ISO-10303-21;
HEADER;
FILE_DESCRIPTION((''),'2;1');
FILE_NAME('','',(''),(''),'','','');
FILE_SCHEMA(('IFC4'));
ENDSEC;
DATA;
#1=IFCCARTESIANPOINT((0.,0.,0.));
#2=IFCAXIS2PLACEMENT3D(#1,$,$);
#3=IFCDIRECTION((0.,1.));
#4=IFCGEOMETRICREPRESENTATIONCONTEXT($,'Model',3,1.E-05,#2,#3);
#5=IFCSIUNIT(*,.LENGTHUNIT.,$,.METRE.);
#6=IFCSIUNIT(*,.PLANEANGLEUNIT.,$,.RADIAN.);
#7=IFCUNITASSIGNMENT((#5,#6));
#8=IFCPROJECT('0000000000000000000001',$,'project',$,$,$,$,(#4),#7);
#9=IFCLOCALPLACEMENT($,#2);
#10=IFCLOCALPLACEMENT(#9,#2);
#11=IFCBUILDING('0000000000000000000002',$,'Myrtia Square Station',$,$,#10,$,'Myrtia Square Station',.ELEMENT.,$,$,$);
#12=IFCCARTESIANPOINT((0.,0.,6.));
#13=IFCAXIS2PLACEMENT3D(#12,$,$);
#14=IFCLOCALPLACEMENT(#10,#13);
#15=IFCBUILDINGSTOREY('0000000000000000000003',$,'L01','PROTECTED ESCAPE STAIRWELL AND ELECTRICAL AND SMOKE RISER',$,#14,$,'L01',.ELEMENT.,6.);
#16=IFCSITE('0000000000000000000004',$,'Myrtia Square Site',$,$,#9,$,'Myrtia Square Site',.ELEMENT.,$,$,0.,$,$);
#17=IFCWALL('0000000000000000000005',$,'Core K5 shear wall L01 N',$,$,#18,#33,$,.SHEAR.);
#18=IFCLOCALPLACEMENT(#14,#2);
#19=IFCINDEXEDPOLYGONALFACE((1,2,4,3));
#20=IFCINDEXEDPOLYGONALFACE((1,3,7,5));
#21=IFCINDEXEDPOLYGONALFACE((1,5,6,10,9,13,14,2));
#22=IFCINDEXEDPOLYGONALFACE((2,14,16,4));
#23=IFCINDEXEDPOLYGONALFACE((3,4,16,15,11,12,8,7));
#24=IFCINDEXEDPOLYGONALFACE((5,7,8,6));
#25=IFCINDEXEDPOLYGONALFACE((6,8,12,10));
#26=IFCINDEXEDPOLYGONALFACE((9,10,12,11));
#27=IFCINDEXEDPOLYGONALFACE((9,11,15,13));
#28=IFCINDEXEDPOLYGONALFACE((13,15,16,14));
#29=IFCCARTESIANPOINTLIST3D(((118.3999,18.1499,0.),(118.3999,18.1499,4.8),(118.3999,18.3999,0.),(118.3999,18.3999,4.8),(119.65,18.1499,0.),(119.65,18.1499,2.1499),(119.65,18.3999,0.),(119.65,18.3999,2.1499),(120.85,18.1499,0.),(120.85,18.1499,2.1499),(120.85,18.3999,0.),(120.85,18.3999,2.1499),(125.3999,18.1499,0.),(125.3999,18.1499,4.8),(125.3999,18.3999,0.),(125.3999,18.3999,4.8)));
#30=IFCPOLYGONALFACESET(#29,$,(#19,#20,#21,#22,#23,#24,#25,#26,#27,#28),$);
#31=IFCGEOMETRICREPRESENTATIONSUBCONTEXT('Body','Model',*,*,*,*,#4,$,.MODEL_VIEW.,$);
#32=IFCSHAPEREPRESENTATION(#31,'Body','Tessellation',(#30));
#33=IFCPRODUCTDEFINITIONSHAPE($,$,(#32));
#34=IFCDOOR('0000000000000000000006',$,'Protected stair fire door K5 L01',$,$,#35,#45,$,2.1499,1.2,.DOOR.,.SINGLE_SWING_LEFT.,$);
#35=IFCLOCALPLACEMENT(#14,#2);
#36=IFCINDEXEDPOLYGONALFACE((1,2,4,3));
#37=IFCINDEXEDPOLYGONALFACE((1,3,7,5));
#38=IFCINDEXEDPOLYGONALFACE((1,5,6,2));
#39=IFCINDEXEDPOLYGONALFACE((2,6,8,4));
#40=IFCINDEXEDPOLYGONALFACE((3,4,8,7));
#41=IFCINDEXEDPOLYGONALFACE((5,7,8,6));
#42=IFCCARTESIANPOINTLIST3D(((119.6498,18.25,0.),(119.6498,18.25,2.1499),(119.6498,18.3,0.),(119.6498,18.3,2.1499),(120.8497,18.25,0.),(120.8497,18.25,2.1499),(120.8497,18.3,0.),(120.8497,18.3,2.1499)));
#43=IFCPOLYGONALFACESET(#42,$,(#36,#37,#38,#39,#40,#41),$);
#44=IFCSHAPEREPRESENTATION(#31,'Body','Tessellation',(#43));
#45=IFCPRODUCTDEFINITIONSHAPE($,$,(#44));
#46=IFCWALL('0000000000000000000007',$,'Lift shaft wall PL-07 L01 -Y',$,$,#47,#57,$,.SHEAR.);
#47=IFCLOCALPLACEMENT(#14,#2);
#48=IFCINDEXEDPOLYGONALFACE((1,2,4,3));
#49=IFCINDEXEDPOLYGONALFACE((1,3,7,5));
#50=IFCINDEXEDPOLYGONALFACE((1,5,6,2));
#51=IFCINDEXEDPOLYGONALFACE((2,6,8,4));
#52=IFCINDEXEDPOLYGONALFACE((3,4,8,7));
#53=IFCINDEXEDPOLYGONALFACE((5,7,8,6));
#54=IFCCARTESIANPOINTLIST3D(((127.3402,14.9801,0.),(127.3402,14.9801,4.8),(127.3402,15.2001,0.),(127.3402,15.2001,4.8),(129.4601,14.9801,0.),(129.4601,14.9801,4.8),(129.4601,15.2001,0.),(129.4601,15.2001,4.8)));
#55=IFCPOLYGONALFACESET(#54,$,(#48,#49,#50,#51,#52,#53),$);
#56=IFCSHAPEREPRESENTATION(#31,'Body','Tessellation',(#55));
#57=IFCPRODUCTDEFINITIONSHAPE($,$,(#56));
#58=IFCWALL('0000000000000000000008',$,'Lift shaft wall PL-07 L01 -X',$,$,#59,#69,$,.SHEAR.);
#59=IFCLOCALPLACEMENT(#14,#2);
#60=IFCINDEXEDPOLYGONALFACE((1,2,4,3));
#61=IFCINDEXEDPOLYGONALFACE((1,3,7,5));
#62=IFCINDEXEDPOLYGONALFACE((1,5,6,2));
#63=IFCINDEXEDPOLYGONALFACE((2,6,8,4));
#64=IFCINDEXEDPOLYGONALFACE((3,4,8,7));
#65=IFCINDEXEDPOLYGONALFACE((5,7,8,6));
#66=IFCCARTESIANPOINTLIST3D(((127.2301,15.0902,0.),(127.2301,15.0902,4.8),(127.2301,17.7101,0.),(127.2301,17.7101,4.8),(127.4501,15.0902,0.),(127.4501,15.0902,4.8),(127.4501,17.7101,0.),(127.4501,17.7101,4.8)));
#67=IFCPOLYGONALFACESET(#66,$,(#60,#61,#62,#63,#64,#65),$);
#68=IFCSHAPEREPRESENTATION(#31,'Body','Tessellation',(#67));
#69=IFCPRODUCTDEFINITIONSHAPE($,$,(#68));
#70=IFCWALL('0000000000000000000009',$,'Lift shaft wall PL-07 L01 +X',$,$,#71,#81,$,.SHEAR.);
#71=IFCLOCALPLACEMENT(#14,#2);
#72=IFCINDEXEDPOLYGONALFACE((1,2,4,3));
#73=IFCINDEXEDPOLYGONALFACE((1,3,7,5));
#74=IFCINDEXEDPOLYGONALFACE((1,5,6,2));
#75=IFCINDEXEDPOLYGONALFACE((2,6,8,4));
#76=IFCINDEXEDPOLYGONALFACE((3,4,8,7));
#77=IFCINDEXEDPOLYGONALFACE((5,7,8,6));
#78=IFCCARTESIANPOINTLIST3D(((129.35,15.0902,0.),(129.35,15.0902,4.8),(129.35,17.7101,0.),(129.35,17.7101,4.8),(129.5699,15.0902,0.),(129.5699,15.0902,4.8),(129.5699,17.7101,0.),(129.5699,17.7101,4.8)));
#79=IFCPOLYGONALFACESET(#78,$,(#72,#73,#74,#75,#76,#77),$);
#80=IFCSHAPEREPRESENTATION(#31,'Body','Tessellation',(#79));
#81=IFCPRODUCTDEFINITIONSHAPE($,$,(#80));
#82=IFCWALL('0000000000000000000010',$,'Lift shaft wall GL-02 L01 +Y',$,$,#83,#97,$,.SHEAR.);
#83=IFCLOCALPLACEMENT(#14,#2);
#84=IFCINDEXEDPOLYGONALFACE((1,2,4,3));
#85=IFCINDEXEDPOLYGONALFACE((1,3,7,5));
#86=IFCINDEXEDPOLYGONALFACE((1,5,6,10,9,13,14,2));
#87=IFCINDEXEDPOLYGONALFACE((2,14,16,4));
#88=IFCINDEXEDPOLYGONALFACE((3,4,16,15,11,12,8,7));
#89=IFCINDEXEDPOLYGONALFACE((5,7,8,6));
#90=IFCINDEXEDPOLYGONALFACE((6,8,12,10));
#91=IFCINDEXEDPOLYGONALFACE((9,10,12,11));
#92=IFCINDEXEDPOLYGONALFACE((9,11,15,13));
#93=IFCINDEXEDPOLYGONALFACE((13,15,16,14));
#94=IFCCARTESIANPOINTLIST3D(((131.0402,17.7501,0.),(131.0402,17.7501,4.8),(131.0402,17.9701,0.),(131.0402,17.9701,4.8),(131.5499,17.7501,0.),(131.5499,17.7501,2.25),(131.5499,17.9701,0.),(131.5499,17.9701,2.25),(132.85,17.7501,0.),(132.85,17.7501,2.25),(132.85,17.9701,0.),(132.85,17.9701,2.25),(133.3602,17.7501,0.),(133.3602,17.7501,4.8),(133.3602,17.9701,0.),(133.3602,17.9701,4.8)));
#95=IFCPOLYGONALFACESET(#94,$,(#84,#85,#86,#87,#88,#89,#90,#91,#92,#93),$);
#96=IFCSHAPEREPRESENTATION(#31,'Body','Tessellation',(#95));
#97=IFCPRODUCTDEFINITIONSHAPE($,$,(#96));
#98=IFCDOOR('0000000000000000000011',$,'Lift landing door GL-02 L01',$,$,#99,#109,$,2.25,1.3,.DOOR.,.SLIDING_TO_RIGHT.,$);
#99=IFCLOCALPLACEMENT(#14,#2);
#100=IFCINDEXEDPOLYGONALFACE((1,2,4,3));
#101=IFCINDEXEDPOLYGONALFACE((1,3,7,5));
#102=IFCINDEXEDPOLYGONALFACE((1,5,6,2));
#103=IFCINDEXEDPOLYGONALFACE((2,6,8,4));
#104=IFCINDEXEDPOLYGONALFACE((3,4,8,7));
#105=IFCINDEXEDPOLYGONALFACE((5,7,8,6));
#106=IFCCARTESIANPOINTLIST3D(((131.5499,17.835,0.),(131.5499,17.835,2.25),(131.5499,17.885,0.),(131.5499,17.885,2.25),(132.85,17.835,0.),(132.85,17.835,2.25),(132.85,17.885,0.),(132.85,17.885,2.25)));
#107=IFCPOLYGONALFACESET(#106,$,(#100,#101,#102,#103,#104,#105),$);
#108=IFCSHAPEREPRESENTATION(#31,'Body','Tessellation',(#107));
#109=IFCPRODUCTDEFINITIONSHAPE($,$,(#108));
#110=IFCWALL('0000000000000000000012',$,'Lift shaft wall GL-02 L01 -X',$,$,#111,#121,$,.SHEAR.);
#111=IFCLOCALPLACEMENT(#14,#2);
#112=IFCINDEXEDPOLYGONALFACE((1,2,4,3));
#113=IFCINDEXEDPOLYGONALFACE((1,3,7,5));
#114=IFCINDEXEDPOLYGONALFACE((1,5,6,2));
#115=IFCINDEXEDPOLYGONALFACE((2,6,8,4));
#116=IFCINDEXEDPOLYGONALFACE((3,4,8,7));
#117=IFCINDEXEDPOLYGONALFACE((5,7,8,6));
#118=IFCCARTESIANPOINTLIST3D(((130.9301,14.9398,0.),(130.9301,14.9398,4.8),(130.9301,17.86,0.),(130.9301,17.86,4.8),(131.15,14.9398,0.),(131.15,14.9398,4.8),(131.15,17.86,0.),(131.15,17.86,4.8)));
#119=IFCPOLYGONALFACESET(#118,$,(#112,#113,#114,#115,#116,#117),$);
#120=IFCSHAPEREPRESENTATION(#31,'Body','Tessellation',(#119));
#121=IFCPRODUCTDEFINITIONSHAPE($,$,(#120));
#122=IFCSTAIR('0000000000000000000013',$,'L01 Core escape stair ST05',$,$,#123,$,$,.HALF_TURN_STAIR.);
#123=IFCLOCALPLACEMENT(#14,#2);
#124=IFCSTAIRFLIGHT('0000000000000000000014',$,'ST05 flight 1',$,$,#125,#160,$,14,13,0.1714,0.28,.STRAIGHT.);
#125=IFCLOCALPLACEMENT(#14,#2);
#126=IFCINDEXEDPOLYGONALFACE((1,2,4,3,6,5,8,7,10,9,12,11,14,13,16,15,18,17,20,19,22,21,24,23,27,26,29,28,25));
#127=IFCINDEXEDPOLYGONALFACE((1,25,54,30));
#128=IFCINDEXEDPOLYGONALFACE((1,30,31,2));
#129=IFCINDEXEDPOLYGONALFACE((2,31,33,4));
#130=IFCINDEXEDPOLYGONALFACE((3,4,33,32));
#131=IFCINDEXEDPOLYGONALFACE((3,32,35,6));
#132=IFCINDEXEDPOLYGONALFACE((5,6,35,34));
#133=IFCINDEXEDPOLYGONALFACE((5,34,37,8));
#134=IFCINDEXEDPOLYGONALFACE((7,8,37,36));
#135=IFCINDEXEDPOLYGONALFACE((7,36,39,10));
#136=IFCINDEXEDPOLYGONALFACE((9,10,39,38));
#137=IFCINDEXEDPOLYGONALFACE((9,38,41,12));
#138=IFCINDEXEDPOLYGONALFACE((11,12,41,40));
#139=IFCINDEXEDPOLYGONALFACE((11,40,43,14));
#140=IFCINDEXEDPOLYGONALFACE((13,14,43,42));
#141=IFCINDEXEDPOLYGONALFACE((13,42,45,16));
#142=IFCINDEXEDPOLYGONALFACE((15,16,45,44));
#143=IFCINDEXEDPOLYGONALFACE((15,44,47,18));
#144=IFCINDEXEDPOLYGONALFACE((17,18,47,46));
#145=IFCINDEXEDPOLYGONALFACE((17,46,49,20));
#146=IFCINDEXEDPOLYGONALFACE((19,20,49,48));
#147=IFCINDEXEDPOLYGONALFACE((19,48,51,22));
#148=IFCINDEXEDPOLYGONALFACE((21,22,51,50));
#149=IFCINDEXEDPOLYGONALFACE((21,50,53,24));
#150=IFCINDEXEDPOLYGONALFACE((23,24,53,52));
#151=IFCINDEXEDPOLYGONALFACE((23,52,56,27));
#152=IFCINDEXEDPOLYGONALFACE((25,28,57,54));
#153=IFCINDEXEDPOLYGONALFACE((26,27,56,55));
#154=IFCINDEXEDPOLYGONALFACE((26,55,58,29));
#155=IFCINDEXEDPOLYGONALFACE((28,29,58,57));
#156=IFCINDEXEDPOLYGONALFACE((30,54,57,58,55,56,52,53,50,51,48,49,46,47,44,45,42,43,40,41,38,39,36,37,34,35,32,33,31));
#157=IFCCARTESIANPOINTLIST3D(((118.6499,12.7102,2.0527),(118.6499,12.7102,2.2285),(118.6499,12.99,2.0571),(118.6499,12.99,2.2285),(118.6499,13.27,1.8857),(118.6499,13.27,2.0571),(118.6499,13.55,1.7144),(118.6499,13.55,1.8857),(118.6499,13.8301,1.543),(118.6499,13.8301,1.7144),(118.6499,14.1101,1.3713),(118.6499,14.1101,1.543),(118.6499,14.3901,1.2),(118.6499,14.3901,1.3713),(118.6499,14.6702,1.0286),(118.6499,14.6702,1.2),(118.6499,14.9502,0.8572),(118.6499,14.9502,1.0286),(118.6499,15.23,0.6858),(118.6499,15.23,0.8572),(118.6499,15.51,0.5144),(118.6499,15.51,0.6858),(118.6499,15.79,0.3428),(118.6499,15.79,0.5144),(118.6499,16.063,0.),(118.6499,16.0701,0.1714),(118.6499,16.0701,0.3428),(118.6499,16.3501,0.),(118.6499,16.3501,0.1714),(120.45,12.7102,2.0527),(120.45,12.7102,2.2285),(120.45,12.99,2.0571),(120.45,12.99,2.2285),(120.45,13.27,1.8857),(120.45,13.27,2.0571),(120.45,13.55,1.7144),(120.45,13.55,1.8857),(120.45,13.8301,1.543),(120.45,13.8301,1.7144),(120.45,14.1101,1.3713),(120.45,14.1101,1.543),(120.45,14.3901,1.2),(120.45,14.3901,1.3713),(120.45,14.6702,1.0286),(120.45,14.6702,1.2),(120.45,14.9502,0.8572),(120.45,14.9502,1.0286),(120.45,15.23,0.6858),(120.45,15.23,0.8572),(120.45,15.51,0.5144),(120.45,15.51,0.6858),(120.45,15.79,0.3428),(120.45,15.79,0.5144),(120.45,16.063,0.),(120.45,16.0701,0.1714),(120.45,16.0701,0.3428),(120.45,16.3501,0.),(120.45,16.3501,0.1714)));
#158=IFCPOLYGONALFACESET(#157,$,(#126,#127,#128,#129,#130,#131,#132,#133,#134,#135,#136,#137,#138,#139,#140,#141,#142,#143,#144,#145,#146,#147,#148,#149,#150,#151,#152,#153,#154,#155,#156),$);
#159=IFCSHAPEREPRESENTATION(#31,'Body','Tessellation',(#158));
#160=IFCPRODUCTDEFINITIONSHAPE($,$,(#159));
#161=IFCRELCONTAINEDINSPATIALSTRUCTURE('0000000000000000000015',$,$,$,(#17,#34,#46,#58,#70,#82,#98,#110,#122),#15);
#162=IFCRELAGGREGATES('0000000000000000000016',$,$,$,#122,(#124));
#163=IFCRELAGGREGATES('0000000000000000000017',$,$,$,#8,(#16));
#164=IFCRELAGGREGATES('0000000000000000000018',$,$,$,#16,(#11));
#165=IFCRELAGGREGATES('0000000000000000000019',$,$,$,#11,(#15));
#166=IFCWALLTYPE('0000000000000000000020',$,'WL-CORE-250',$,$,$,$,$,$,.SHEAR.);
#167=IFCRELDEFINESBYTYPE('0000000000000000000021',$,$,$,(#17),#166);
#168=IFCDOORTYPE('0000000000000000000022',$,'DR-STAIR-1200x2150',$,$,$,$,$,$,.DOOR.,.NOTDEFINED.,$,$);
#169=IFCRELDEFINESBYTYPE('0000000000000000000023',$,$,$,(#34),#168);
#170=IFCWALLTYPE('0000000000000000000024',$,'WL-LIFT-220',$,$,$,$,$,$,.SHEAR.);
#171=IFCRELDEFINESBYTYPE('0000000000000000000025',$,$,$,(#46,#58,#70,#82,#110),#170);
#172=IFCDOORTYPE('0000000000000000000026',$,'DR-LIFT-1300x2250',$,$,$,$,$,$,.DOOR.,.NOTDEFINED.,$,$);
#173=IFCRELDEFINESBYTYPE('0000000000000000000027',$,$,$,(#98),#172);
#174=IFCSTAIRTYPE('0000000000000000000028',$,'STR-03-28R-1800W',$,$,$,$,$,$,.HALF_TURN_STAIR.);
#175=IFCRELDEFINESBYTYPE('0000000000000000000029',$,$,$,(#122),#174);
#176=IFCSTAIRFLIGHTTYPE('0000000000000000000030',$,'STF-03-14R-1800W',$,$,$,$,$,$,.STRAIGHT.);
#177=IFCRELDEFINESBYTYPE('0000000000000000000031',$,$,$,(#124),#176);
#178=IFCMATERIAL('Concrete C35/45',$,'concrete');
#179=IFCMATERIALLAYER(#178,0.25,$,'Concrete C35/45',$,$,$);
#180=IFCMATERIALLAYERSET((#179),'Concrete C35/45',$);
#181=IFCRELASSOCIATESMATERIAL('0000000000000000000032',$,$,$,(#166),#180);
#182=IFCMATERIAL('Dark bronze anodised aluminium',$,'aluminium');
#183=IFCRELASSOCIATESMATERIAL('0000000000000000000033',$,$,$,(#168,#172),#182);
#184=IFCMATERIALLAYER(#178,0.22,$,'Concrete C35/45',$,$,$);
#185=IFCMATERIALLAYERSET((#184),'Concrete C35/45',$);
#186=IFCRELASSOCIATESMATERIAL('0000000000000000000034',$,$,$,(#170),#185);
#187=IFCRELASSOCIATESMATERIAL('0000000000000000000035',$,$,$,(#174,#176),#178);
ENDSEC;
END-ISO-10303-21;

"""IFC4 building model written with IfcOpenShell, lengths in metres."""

from ifc_helpers import new_model, si_unit, direction, frame, frame_2d, origin, place, context, subcontext, project, spatial, polyline, rectangle, outline, extrude, material, layer, layer_set, type_object, element, fill, aggregate, save


model = new_model("IFC4")

# Units and contexts
model_context = context("Model", 3, precision=1e-05, world=origin(), true_north=direction((0.0, 1.0)))
body_context = subcontext(model_context, "Body", "Model", "MODEL_VIEW")
ifc_project = project(units=[si_unit("LENGTHUNIT", "METRE"), si_unit("PLANEANGLEUNIT", "RADIAN")], contexts=[model_context])

# Site, building, storey
site_placement = place(None, origin())
site = spatial("IfcSite", under=ifc_project, at=site_placement, Name="Myrtia Square Site", LongName="Myrtia Square Site", CompositionType="ELEMENT", RefElevation=0.0)
building_placement = place(site_placement, origin())
building = spatial("IfcBuilding", under=site, at=building_placement, Name="Myrtia Square Station", LongName="Myrtia Square Station", CompositionType="ELEMENT")
storey_placement = place(building_placement, frame((0.0, 0.0, 6.0)))
storey = spatial("IfcBuildingStorey", under=building, at=storey_placement, Name="L01", Description="PROTECTED ESCAPE STAIRWELL AND ELECTRICAL AND SMOKE RISER", LongName="L01", CompositionType="ELEMENT", Elevation=6.0)

# Wall, opening, door
ifc_material_1 = material(Name="Concrete C35/45", Category="concrete")
ifc_layer_1 = layer(ifc_material_1, 0.25, Name="Concrete C35/45")
ifc_layer_set_1 = layer_set([ifc_layer_1], Name="Concrete C35/45")
wall_type_1 = type_object("IfcWallType", Name="WL-CORE-250", PredefinedType="SHEAR", material=ifc_layer_set_1)
wall_1_placement = place(storey_placement, frame((118.3999, 18.2749, 0.0), z_axis=(0.0, 0.0, 1.0), x_axis=(1.0, 0.0, 0.0)))
wall_1 = element("IfcWall", 1, at=wall_1_placement, inside=storey, type_object=wall_type_1, Name="Core K5 shear wall L01 N", PredefinedType="SHEAR", context=body_context, shape_type="SweptSolid", body=[
    extrude(rectangle(XDim=7.0, YDim=0.25, at=frame_2d((3.5, 0.0))), origin(), (0.0, 0.0, 1.0), 4.8),
])
opening_1_placement = place(wall_1_placement, frame((1.25, 0.0, 0.0)))
opening_1 = element("IfcOpeningElement", 2, at=opening_1_placement, cuts=wall_1, PredefinedType="OPENING", context=body_context, shape_type="SweptSolid", body=[
    extrude(rectangle(XDim=1.2, YDim=2.1499, at=frame_2d((0.6001, 1.075))), frame((0.0, 0.1399, 0.0), z_axis=(0.0, -1.0, 0.0), x_axis=(1.0, 0.0, 0.0)), (0.0, 0.0, 1.0), 0.28),
])
ifc_material_2 = material(Name="Dark bronze anodised aluminium", Category="aluminium")
door_type_1 = type_object("IfcDoorType", Name="DR-STAIR-1200x2150", OperationType="NOTDEFINED", PredefinedType="DOOR", material=ifc_material_2)
door_1_placement = place(opening_1_placement, frame((1.2, 0.0, 0.0), z_axis=(0.0, 0.0, 1.0), x_axis=(-1.0, 0.0, 0.0)))
door_1 = element("IfcDoor", 3, at=door_1_placement, inside=storey, type_object=door_type_1, Name="Protected stair fire door K5 L01", OperationType="SINGLE_SWING_LEFT", OverallHeight=2.1499, OverallWidth=1.2, PredefinedType="DOOR", context=body_context, shape_type="SweptSolid", body=[
    extrude(rectangle(XDim=1.2, YDim=2.1499, at=frame_2d((0.6001, 1.075))), frame((0.0, 0.0249, 0.0), z_axis=(0.0, -1.0, 0.0), x_axis=(1.0, 0.0, 0.0)), (0.0, 0.0, 1.0), 0.05),
])
fill(opening_1, door_1)

# Wall
ifc_layer_2 = layer(ifc_material_1, 0.22, Name="Concrete C35/45")
ifc_layer_set_2 = layer_set([ifc_layer_2], Name="Concrete C35/45")
wall_type_2 = type_object("IfcWallType", Name="WL-LIFT-220", PredefinedType="SHEAR", material=ifc_layer_set_2)
wall_2_placement = place(storey_placement, frame((127.3401, 15.0901, 0.0), z_axis=(0.0, 0.0, 1.0), x_axis=(1.0, 0.0, 0.0)))
element("IfcWall", 4, at=wall_2_placement, inside=storey, type_object=wall_type_2, Name="Lift shaft wall PL-07 L01 -Y", PredefinedType="SHEAR", context=body_context, shape_type="SweptSolid", body=[
    extrude(rectangle(XDim=2.1199, YDim=0.22, at=frame_2d((1.0601, 0.0))), origin(), (0.0, 0.0, 1.0), 4.8),
])

# Walls
for number, where, z_axis, x_axis, name in (
    (5, (127.3401, 15.0901, 0.0), (0.0, 0.0, 1.0), (0.0, 1.0, 0.0), "Lift shaft wall PL-07 L01 -X"),
    (6, (129.46, 15.0901, 0.0), (0.0, 0.0, 1.0), (0.0, 1.0, 0.0), "Lift shaft wall PL-07 L01 +X"),
):
    element("IfcWall", number, at=place(storey_placement, frame(where, z_axis=z_axis, x_axis=x_axis)), inside=storey, type_object=wall_type_2, Name=name, PredefinedType="SHEAR", context=body_context, shape_type="SweptSolid", body=[
        extrude(rectangle(XDim=2.6199, YDim=0.22, at=frame_2d((1.3101, 0.0))), origin(), (0.0, 0.0, 1.0), 4.8),
    ])

# Wall, opening, door
wall_3_placement = place(storey_placement, frame((131.04, 17.8601, 0.0), z_axis=(0.0, 0.0, 1.0), x_axis=(1.0, 0.0, 0.0)))
wall_3 = element("IfcWall", 7, at=wall_3_placement, inside=storey, type_object=wall_type_2, Name="Lift shaft wall GL-02 L01 +Y", PredefinedType="SHEAR", context=body_context, shape_type="SweptSolid", body=[
    extrude(rectangle(XDim=2.3201, YDim=0.22, at=frame_2d((1.1602, 0.0))), origin(), (0.0, 0.0, 1.0), 4.8),
])
opening_2_placement = place(wall_3_placement, frame((0.51, 0.0, 0.0)))
opening_2 = element("IfcOpeningElement", 8, at=opening_2_placement, cuts=wall_3, PredefinedType="OPENING", context=body_context, shape_type="SweptSolid", body=[
    extrude(rectangle(XDim=1.3, YDim=2.25, at=frame_2d((0.6499, 1.125))), frame((0.0, 0.125, 0.0), z_axis=(0.0, -1.0, 0.0), x_axis=(1.0, 0.0, 0.0)), (0.0, 0.0, 1.0), 0.25),
])
door_type_2 = type_object("IfcDoorType", Name="DR-LIFT-1300x2250", OperationType="NOTDEFINED", PredefinedType="DOOR", material=ifc_material_2)
door_2_placement = place(opening_2_placement, origin())
door_2 = element("IfcDoor", 9, at=door_2_placement, inside=storey, type_object=door_type_2, Name="Lift landing door GL-02 L01", OperationType="SLIDING_TO_RIGHT", OverallHeight=2.25, OverallWidth=1.3, PredefinedType="DOOR", context=body_context, shape_type="SweptSolid", body=[
    extrude(rectangle(XDim=1.3, YDim=2.25, at=frame_2d((0.6499, 1.125))), frame((0.0, 0.0249, 0.0), z_axis=(0.0, -1.0, 0.0), x_axis=(1.0, 0.0, 0.0)), (0.0, 0.0, 1.0), 0.05),
])
fill(opening_2, door_2)

# Wall
wall_4_placement = place(storey_placement, frame((131.04, 14.9399, 0.0), z_axis=(0.0, 0.0, 1.0), x_axis=(0.0, 1.0, 0.0)))
element("IfcWall", 10, at=wall_4_placement, inside=storey, type_object=wall_type_2, Name="Lift shaft wall GL-02 L01 -X", PredefinedType="SHEAR", context=body_context, shape_type="SweptSolid", body=[
    extrude(rectangle(XDim=2.9202, YDim=0.22, at=frame_2d((1.46, 0.0))), origin(), (0.0, 0.0, 1.0), 4.8),
])

# Stair, stair flight
stair_type = type_object("IfcStairType", Name="STR-03-28R-1800W", PredefinedType="HALF_TURN_STAIR", material=ifc_material_1)
stair_placement = place(storey_placement, origin())
stair = element("IfcStair", 11, at=stair_placement, inside=storey, type_object=stair_type, Name="L01 Core escape stair ST05", PredefinedType="HALF_TURN_STAIR")
stair_flight_type = type_object("IfcStairFlightType", Name="STF-03-14R-1800W", PredefinedType="STRAIGHT", material=ifc_material_1)
stair_flight_1_placement = place(storey_placement, frame((119.55, 16.3501, 0.0), z_axis=(0.0, 0.0, 1.0), x_axis=(0.0, -1.0, 0.0)))
stair_flight_1 = element("IfcStairFlight", 12, at=stair_flight_1_placement, type_object=stair_flight_type, Name="ST05 flight 1", NumberOfRisers=14, NumberOfTreads=13, PredefinedType="STRAIGHT", RiserHeight=0.1714, TreadLength=0.28, context=body_context, shape_type="SweptSolid", body=[
    extrude(outline(polyline([(0.0, 0.0), (0.0, 0.1714), (0.28, 0.1714), (0.28, 0.3428), (0.5601, 0.3428), (0.5601, 0.5144), (0.8401, 0.5144), (0.8401, 0.6858), (1.1201, 0.6858), (1.1201, 0.8572), (1.3999, 0.8572), (1.3999, 1.0286), (1.6799, 1.0286), (1.6799, 1.2), (1.96, 1.2), (1.96, 1.3713), (2.24, 1.3713), (2.24, 1.543), (2.52, 1.543), (2.52, 1.7144), (2.8, 1.7144), (2.8, 1.8857), (3.0801, 1.8857), (3.0801, 2.0571), (3.3601, 2.0571), (3.3601, 2.2285), (3.6399, 2.2285), (3.6399, 2.3999), (3.6399, 2.0527), (0.2871, 0.0), (0.0, 0.0)])), frame((0.0, 0.8999, 0.0), z_axis=(0.0, -1.0, 0.0), x_axis=(1.0, 0.0, 0.0)), (0.0, 0.0, 1.0), 1.8),
])
aggregate(stair, [stair_flight_1])

save(model, "model.ifc")
